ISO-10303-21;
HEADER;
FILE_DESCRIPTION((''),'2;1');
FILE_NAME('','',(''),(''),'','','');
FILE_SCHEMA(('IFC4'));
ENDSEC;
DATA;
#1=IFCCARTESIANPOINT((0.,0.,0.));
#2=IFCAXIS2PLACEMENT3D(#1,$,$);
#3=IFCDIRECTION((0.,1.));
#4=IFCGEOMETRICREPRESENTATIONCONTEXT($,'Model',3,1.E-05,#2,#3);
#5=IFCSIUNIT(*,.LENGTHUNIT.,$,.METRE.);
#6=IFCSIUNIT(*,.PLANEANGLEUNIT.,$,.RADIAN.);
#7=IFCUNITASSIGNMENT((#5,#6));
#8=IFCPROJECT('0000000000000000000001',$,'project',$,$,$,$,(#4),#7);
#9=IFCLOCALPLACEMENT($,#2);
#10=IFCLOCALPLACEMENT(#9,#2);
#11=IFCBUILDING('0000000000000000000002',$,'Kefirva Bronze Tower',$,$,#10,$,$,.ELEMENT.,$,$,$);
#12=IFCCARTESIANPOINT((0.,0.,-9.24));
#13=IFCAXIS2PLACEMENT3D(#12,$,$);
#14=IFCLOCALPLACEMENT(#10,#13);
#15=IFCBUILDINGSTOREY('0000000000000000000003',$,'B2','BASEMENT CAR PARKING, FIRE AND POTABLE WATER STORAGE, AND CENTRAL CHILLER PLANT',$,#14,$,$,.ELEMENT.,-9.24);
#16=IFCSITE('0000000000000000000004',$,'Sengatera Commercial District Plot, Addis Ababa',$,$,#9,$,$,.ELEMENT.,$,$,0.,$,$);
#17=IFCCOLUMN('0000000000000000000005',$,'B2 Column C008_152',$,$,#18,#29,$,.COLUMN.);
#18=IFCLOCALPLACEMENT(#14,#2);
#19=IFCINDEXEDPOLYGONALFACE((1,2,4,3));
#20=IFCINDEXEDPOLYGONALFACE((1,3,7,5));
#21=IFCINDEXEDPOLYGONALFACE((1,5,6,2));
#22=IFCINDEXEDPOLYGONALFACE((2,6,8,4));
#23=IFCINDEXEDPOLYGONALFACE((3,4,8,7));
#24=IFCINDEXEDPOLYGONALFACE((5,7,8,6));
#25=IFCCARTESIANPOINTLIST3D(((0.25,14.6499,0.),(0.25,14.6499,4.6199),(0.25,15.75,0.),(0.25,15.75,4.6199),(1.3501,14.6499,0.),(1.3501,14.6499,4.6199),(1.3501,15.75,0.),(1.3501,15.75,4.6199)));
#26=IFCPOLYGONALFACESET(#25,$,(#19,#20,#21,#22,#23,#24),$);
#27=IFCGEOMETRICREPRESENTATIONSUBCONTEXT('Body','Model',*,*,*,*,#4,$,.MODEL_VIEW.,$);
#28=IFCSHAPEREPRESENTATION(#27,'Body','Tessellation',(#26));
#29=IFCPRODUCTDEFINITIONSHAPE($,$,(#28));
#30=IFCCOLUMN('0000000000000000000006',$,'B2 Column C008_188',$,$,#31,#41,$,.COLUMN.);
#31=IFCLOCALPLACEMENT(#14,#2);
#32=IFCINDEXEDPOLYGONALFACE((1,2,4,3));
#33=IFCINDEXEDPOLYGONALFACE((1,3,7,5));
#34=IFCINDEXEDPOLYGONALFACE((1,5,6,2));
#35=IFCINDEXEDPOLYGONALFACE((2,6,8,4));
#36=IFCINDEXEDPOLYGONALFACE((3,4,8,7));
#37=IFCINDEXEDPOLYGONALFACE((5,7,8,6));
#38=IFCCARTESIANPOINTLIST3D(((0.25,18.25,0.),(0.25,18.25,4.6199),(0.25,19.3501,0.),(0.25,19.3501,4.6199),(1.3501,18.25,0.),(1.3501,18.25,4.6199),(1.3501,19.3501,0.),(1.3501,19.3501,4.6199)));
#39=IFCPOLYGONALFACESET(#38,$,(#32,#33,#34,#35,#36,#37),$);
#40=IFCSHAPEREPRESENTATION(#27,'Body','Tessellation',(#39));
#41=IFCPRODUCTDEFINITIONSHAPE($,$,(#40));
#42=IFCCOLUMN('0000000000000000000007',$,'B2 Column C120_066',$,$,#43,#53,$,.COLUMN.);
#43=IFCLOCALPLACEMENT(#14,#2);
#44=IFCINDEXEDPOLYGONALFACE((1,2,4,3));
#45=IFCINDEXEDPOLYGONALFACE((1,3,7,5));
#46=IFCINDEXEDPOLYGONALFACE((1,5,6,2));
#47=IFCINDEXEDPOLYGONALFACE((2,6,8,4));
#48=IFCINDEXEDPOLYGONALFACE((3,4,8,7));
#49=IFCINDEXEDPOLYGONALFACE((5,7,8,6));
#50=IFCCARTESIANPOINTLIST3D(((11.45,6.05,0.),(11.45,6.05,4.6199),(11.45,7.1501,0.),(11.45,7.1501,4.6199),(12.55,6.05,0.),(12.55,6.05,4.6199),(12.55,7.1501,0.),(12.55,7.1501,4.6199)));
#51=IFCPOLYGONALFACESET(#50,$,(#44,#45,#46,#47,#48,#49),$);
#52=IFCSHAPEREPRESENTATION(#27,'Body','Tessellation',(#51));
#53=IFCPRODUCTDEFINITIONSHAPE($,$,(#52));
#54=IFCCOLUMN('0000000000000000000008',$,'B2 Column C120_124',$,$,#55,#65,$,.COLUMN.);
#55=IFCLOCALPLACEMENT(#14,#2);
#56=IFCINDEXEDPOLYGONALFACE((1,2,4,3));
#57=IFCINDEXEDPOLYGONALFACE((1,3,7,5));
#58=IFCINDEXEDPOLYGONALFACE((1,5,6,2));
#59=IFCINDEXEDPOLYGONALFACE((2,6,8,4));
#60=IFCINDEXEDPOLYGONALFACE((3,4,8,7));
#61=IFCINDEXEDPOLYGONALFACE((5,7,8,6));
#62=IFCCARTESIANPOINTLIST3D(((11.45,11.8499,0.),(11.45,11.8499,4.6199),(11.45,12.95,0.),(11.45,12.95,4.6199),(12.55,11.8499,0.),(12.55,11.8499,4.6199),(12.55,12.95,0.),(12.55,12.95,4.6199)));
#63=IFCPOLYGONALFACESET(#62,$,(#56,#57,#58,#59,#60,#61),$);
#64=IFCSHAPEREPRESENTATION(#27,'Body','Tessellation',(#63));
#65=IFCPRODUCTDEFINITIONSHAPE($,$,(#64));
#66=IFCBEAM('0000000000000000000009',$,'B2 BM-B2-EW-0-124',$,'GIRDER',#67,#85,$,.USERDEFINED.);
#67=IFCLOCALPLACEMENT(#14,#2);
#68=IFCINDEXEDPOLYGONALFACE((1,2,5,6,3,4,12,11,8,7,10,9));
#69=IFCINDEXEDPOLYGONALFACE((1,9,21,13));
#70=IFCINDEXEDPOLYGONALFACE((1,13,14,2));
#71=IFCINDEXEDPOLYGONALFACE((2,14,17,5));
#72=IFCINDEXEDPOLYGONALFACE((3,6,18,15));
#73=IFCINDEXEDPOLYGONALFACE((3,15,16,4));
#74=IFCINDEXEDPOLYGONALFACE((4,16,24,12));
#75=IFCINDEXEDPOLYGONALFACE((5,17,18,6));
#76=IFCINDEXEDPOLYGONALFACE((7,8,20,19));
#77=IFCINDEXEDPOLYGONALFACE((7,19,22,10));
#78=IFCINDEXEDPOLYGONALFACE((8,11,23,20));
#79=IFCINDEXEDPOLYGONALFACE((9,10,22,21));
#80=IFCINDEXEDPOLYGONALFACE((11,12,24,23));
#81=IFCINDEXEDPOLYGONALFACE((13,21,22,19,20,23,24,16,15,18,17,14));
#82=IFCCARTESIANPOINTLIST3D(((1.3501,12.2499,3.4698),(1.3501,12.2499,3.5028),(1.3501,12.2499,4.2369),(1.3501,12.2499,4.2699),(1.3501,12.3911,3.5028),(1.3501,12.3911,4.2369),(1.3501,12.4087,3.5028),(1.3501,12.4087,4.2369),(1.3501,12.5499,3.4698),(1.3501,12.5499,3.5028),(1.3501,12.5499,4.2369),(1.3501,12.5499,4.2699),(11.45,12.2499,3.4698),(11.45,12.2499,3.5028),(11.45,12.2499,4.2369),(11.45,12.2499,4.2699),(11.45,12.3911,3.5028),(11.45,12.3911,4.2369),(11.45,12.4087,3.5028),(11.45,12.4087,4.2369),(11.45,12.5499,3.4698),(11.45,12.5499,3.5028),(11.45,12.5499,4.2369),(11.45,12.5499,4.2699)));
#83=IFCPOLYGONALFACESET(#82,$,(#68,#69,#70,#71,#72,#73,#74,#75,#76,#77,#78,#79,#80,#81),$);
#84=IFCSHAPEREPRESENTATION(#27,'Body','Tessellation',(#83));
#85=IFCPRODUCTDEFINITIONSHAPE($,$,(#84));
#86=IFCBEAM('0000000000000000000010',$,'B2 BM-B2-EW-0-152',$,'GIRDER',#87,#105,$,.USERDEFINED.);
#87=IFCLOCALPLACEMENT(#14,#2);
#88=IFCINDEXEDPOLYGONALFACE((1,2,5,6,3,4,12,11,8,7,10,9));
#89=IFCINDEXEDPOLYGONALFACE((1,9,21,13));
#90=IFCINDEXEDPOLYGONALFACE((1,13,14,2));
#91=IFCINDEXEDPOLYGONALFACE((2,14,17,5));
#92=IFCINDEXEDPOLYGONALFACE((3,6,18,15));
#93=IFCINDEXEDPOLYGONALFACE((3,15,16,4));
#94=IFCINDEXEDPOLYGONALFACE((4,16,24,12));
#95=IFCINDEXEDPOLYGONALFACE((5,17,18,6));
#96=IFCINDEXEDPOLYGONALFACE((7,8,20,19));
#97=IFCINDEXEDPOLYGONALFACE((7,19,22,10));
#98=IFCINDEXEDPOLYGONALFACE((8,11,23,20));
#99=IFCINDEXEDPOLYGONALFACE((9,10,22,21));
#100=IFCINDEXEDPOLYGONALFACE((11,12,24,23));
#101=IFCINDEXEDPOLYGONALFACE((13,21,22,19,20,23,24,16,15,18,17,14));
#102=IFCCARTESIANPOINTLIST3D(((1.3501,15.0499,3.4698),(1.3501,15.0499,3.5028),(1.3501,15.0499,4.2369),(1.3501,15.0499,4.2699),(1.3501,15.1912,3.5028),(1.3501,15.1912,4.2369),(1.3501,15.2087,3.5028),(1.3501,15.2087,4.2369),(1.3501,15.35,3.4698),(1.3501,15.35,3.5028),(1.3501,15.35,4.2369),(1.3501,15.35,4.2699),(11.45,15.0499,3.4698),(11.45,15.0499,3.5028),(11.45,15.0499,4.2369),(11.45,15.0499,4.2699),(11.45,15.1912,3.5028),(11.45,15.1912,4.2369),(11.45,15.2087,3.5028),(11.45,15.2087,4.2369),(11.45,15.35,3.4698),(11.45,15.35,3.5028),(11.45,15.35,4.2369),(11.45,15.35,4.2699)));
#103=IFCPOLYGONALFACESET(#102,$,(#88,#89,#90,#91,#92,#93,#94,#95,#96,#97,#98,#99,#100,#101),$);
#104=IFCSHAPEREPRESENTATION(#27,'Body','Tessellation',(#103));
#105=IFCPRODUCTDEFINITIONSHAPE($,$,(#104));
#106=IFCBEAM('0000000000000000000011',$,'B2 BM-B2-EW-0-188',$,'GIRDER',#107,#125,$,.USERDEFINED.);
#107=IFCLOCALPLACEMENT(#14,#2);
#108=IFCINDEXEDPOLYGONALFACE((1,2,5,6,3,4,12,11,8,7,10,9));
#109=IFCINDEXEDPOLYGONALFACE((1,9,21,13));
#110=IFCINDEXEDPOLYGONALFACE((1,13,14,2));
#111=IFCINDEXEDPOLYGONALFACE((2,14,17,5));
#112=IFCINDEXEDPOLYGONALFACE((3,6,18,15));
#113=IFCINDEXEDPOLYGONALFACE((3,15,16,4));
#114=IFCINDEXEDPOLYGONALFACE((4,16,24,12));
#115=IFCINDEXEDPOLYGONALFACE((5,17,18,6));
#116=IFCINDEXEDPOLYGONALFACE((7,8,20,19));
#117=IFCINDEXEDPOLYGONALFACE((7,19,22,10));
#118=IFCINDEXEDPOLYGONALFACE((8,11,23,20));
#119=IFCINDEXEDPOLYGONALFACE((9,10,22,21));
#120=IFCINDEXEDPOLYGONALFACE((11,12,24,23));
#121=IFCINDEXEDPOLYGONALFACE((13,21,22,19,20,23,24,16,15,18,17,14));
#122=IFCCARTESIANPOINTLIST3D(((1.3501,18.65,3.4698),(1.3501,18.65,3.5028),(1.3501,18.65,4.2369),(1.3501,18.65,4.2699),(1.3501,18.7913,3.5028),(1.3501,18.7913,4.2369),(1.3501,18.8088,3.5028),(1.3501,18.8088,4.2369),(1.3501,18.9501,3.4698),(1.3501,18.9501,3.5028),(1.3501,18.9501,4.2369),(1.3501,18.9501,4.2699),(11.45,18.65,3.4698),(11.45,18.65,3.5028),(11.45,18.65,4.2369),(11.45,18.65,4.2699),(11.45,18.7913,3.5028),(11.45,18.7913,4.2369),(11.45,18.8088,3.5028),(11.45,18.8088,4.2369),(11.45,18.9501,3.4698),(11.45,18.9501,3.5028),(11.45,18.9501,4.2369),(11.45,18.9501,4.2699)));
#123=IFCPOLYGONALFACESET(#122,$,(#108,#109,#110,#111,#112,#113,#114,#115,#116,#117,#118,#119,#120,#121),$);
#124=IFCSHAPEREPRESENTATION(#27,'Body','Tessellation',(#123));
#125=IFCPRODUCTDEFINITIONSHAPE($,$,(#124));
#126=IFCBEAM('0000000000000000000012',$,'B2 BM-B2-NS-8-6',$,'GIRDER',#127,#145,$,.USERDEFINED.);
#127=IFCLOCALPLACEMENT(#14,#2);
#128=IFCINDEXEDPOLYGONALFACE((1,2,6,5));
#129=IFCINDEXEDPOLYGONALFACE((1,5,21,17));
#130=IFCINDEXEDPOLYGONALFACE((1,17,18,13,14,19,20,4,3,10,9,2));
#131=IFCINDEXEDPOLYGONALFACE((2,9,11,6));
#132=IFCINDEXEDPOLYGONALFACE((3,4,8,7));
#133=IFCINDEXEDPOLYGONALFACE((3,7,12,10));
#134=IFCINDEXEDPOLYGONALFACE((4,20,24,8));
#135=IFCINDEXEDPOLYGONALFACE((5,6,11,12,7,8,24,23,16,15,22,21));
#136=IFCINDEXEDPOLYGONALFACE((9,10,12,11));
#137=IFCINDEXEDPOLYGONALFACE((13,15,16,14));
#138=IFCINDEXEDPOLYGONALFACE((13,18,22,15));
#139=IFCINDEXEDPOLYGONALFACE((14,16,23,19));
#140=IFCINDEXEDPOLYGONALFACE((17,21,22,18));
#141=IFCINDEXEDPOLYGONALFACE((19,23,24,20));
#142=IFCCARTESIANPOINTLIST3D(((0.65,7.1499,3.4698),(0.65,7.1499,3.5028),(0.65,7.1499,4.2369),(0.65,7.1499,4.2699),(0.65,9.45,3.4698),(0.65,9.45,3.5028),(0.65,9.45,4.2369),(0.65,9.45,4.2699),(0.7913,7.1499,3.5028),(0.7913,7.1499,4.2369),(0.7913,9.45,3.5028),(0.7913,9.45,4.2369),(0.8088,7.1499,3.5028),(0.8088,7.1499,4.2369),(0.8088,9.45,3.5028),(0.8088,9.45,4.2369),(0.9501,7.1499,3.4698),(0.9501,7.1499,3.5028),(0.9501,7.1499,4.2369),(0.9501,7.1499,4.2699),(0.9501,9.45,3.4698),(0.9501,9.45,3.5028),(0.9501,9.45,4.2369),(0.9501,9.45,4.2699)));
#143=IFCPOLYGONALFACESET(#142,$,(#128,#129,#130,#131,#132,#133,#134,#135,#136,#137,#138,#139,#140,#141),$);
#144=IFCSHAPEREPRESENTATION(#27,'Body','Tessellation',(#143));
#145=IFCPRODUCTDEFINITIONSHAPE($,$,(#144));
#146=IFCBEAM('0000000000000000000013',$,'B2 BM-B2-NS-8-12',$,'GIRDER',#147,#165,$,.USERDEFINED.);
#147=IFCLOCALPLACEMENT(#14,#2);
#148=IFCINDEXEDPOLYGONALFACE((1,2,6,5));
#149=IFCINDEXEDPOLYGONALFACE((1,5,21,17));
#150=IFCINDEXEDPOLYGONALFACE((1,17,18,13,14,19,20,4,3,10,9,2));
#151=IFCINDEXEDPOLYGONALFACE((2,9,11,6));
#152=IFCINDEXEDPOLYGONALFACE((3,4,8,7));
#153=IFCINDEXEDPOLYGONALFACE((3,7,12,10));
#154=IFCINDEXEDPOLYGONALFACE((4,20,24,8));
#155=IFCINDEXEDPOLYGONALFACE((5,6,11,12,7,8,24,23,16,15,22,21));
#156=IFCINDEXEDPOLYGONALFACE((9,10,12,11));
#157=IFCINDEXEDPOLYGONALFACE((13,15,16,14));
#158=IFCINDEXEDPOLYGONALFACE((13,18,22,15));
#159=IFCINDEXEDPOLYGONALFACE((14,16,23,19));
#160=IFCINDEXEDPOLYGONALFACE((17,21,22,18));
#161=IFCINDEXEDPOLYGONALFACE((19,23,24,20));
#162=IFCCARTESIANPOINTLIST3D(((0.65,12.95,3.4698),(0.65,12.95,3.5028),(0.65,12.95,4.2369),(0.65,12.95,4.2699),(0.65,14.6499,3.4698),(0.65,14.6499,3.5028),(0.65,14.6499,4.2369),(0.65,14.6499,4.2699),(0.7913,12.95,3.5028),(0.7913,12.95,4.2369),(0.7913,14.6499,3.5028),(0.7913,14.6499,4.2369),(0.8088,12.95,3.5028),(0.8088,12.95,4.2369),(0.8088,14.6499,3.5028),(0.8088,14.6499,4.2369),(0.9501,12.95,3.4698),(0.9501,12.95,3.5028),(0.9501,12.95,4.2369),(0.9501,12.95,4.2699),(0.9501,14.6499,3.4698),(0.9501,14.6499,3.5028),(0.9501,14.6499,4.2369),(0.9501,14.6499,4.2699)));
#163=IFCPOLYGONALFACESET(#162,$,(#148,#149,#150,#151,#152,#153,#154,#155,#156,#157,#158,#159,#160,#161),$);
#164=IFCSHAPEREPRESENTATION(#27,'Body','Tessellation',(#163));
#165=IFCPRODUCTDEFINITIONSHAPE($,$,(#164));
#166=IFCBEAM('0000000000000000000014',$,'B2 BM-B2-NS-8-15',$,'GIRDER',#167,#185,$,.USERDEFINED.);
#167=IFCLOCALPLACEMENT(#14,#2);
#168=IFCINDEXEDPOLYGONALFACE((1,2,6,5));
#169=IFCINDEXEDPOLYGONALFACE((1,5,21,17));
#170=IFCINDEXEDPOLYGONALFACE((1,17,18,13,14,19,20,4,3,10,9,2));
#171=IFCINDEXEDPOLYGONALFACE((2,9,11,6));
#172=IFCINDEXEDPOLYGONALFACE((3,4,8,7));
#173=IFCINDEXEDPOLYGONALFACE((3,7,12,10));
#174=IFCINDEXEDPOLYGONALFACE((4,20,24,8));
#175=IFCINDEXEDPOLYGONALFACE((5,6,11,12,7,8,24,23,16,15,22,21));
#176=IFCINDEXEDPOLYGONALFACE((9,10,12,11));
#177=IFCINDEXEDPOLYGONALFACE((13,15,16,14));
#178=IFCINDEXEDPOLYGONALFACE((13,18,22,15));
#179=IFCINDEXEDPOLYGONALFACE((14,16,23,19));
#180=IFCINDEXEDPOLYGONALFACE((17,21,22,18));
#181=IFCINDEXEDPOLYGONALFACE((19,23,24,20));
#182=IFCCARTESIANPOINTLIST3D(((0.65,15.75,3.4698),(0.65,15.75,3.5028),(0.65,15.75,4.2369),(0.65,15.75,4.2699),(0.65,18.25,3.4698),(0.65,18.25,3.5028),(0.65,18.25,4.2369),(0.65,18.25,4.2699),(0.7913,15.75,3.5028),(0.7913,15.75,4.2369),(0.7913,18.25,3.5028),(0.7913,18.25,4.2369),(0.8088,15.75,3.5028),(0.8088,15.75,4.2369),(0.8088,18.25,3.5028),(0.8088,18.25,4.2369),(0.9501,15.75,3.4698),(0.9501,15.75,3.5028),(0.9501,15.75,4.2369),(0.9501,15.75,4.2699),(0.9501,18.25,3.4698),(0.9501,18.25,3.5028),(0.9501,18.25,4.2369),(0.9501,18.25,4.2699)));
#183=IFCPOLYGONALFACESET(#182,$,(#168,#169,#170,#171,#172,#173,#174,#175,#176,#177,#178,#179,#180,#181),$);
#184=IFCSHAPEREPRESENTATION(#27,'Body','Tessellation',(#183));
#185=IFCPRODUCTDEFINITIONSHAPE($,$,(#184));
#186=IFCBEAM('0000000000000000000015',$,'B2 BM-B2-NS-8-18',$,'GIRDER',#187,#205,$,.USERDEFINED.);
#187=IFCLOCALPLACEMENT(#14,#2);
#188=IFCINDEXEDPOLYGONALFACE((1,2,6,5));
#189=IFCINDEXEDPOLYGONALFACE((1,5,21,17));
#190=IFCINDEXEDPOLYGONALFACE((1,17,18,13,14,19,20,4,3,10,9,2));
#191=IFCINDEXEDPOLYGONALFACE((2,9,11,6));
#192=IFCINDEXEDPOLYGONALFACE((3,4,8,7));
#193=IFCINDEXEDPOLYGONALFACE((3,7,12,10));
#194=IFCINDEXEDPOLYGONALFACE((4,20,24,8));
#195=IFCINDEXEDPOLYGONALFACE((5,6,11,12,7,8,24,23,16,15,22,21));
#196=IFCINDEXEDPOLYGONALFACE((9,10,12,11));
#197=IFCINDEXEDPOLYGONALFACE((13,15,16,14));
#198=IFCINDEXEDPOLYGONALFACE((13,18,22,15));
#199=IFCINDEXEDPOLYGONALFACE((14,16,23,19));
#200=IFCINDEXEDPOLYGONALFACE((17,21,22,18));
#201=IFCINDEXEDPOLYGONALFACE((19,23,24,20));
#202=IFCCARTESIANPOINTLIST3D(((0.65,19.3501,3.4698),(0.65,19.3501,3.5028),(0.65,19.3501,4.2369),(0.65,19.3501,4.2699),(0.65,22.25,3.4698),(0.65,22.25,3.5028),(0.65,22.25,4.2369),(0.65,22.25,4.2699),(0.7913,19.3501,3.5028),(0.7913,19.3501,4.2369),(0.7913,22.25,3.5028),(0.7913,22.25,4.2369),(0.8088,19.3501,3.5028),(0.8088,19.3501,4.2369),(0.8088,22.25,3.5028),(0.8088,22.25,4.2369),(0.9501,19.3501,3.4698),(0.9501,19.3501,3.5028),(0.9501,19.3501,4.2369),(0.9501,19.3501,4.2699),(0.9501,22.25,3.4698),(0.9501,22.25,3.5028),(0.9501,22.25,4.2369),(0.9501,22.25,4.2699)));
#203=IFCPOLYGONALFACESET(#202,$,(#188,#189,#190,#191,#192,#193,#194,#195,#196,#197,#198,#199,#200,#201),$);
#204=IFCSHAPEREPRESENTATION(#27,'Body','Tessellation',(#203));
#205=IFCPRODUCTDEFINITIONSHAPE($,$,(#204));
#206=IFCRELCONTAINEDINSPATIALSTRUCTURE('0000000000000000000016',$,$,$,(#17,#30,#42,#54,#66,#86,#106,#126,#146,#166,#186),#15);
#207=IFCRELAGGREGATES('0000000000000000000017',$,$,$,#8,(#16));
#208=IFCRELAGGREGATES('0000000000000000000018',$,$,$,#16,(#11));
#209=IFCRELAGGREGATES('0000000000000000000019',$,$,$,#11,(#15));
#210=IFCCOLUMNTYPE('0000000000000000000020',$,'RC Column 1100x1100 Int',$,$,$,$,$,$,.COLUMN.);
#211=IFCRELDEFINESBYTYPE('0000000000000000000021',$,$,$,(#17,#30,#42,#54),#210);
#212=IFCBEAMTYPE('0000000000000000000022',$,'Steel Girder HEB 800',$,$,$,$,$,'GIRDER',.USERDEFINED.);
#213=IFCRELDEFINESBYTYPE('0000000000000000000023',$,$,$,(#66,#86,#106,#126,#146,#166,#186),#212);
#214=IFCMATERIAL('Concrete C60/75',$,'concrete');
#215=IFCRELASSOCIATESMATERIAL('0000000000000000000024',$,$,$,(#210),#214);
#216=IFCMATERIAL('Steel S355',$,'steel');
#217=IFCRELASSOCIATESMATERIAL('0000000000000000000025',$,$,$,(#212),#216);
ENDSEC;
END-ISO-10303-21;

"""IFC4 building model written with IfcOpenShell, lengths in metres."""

from ifc_helpers import new_model, si_unit, direction, frame, origin, origin_2d, place, context, subcontext, project, spatial, rectangle, i_section, extrude, material, material_profile, profile_set, type_object, element, save


model = new_model("IFC4")

# Units and contexts
model_context = context("Model", 3, precision=1e-05, world=origin(), true_north=direction((0.0, 1.0)))
body_context = subcontext(model_context, "Body", "Model", "MODEL_VIEW")
ifc_project = project(units=[si_unit("LENGTHUNIT", "METRE"), si_unit("PLANEANGLEUNIT", "RADIAN")], contexts=[model_context])

# Site, building, storey
site_placement = place(None, origin())
site = spatial("IfcSite", under=ifc_project, at=site_placement, Name="Sengatera Commercial District Plot, Addis Ababa", CompositionType="ELEMENT", RefElevation=0.0)
building_placement = place(site_placement, origin())
building = spatial("IfcBuilding", under=site, at=building_placement, Name="Kefirva Bronze Tower", CompositionType="ELEMENT")
storey_placement = place(building_placement, frame((0.0, 0.0, -9.24)))
storey = spatial("IfcBuildingStorey", under=building, at=storey_placement, Name="B2", Description="BASEMENT CAR PARKING, FIRE AND POTABLE WATER STORAGE, AND CENTRAL CHILLER PLANT", CompositionType="ELEMENT", Elevation=-9.24)

# Columns
ifc_material_1 = material(Name="Concrete C60/75", Category="concrete")
ifc_material_profile_1 = material_profile(ifc_material_1, rectangle(XDim=1.1001, YDim=1.1001, at=origin_2d()), Name="RC 1100x1100")
ifc_profile_set_1 = profile_set([ifc_material_profile_1], Name="Concrete C60/75")
column_type_1 = type_object("IfcColumnType", Name="RC Column 1100x1100 Int", PredefinedType="COLUMN", material=ifc_profile_set_1)
for number, where, z_axis, x_axis, name in (
    (1, (0.8, 15.2, 0.0), (0.0, 0.0, 1.0), (1.0, 0.0, 0.0), "B2 Column C008_152"),
    (2, (0.8, 18.8, 0.0), (0.0, 0.0, 1.0), (1.0, 0.0, 0.0), "B2 Column C008_188"),
    (3, (12.0, 6.6001, 0.0), (0.0, 0.0, 1.0), (1.0, 0.0, 0.0), "B2 Column C120_066"),
    (4, (12.0, 12.3999, 0.0), (0.0, 0.0, 1.0), (1.0, 0.0, 0.0), "B2 Column C120_124"),
):
    element("IfcColumn", number, at=place(storey_placement, frame(where, z_axis=z_axis, x_axis=x_axis)), inside=storey, type_object=column_type_1, Name=name, PredefinedType="COLUMN", context=body_context, shape_type="SweptSolid", body=[
        extrude(rectangle(XDim=1.1001, YDim=1.1001, at=origin_2d()), origin(), (0.0, 0.0, 1.0), 4.6199),
    ])

# Beams
ifc_material_2 = material(Name="Steel S355", Category="steel")
ifc_material_profile_2 = material_profile(ifc_material_2, i_section(OverallWidth=0.3, OverallDepth=0.8, WebThickness=0.0176, FlangeThickness=0.033, at=origin_2d()), Name="HEB 800")
ifc_profile_set_2 = profile_set([ifc_material_profile_2], Name="Steel S355")
beam_type_1 = type_object("IfcBeamType", Name="Steel Girder HEB 800", ElementType="GIRDER", PredefinedType="USERDEFINED", material=ifc_profile_set_2)
for number, where, z_axis, x_axis, name in (
    (5, (1.3501, 12.3999, 3.8699), (1.0, 0.0, 0.0), (0.0, 1.0, 0.0), "B2 BM-B2-EW-0-124"),
    (6, (1.3501, 15.2, 3.8699), (1.0, 0.0, 0.0), (0.0, 1.0, 0.0), "B2 BM-B2-EW-0-152"),
    (7, (1.3501, 18.8, 3.8699), (1.0, 0.0, 0.0), (0.0, 1.0, 0.0), "B2 BM-B2-EW-0-188"),
):
    element("IfcBeam", number, at=place(storey_placement, frame(where, z_axis=z_axis, x_axis=x_axis)), inside=storey, type_object=beam_type_1, Name=name, ObjectType="GIRDER", PredefinedType="USERDEFINED", context=body_context, shape_type="SweptSolid", body=[
        extrude(i_section(OverallWidth=0.3, OverallDepth=0.8, WebThickness=0.0176, FlangeThickness=0.033, at=origin_2d()), origin(), (0.0, 0.0, 1.0), 10.0999),
    ])
beam_1_placement = place(storey_placement, frame((0.8, 7.1499, 3.8699), z_axis=(0.0, 1.0, 0.0), x_axis=(-1.0, 0.0, 0.0)))
element("IfcBeam", 8, at=beam_1_placement, inside=storey, type_object=beam_type_1, Name="B2 BM-B2-NS-8-6", ObjectType="GIRDER", PredefinedType="USERDEFINED", context=body_context, shape_type="SweptSolid", body=[
    extrude(i_section(OverallWidth=0.3, OverallDepth=0.8, WebThickness=0.0176, FlangeThickness=0.033, at=origin_2d()), origin(), (0.0, 0.0, 1.0), 2.3),
])
beam_2_placement = place(storey_placement, frame((0.8, 12.95, 3.8699), z_axis=(0.0, 1.0, 0.0), x_axis=(-1.0, 0.0, 0.0)))
element("IfcBeam", 9, at=beam_2_placement, inside=storey, type_object=beam_type_1, Name="B2 BM-B2-NS-8-12", ObjectType="GIRDER", PredefinedType="USERDEFINED", context=body_context, shape_type="SweptSolid", body=[
    extrude(i_section(OverallWidth=0.3, OverallDepth=0.8, WebThickness=0.0176, FlangeThickness=0.033, at=origin_2d()), origin(), (0.0, 0.0, 1.0), 1.7),
])
beam_3_placement = place(storey_placement, frame((0.8, 15.75, 3.8699), z_axis=(0.0, 1.0, 0.0), x_axis=(-1.0, 0.0, 0.0)))
element("IfcBeam", 10, at=beam_3_placement, inside=storey, type_object=beam_type_1, Name="B2 BM-B2-NS-8-15", ObjectType="GIRDER", PredefinedType="USERDEFINED", context=body_context, shape_type="SweptSolid", body=[
    extrude(i_section(OverallWidth=0.3, OverallDepth=0.8, WebThickness=0.0176, FlangeThickness=0.033, at=origin_2d()), origin(), (0.0, 0.0, 1.0), 2.5),
])
beam_4_placement = place(storey_placement, frame((0.8, 19.3501, 3.8699), z_axis=(0.0, 1.0, 0.0), x_axis=(-1.0, 0.0, 0.0)))
element("IfcBeam", 11, at=beam_4_placement, inside=storey, type_object=beam_type_1, Name="B2 BM-B2-NS-8-18", ObjectType="GIRDER", PredefinedType="USERDEFINED", context=body_context, shape_type="SweptSolid", body=[
    extrude(i_section(OverallWidth=0.3, OverallDepth=0.8, WebThickness=0.0176, FlangeThickness=0.033, at=origin_2d()), origin(), (0.0, 0.0, 1.0), 2.8999),
])

save(model, "model.ifc")
